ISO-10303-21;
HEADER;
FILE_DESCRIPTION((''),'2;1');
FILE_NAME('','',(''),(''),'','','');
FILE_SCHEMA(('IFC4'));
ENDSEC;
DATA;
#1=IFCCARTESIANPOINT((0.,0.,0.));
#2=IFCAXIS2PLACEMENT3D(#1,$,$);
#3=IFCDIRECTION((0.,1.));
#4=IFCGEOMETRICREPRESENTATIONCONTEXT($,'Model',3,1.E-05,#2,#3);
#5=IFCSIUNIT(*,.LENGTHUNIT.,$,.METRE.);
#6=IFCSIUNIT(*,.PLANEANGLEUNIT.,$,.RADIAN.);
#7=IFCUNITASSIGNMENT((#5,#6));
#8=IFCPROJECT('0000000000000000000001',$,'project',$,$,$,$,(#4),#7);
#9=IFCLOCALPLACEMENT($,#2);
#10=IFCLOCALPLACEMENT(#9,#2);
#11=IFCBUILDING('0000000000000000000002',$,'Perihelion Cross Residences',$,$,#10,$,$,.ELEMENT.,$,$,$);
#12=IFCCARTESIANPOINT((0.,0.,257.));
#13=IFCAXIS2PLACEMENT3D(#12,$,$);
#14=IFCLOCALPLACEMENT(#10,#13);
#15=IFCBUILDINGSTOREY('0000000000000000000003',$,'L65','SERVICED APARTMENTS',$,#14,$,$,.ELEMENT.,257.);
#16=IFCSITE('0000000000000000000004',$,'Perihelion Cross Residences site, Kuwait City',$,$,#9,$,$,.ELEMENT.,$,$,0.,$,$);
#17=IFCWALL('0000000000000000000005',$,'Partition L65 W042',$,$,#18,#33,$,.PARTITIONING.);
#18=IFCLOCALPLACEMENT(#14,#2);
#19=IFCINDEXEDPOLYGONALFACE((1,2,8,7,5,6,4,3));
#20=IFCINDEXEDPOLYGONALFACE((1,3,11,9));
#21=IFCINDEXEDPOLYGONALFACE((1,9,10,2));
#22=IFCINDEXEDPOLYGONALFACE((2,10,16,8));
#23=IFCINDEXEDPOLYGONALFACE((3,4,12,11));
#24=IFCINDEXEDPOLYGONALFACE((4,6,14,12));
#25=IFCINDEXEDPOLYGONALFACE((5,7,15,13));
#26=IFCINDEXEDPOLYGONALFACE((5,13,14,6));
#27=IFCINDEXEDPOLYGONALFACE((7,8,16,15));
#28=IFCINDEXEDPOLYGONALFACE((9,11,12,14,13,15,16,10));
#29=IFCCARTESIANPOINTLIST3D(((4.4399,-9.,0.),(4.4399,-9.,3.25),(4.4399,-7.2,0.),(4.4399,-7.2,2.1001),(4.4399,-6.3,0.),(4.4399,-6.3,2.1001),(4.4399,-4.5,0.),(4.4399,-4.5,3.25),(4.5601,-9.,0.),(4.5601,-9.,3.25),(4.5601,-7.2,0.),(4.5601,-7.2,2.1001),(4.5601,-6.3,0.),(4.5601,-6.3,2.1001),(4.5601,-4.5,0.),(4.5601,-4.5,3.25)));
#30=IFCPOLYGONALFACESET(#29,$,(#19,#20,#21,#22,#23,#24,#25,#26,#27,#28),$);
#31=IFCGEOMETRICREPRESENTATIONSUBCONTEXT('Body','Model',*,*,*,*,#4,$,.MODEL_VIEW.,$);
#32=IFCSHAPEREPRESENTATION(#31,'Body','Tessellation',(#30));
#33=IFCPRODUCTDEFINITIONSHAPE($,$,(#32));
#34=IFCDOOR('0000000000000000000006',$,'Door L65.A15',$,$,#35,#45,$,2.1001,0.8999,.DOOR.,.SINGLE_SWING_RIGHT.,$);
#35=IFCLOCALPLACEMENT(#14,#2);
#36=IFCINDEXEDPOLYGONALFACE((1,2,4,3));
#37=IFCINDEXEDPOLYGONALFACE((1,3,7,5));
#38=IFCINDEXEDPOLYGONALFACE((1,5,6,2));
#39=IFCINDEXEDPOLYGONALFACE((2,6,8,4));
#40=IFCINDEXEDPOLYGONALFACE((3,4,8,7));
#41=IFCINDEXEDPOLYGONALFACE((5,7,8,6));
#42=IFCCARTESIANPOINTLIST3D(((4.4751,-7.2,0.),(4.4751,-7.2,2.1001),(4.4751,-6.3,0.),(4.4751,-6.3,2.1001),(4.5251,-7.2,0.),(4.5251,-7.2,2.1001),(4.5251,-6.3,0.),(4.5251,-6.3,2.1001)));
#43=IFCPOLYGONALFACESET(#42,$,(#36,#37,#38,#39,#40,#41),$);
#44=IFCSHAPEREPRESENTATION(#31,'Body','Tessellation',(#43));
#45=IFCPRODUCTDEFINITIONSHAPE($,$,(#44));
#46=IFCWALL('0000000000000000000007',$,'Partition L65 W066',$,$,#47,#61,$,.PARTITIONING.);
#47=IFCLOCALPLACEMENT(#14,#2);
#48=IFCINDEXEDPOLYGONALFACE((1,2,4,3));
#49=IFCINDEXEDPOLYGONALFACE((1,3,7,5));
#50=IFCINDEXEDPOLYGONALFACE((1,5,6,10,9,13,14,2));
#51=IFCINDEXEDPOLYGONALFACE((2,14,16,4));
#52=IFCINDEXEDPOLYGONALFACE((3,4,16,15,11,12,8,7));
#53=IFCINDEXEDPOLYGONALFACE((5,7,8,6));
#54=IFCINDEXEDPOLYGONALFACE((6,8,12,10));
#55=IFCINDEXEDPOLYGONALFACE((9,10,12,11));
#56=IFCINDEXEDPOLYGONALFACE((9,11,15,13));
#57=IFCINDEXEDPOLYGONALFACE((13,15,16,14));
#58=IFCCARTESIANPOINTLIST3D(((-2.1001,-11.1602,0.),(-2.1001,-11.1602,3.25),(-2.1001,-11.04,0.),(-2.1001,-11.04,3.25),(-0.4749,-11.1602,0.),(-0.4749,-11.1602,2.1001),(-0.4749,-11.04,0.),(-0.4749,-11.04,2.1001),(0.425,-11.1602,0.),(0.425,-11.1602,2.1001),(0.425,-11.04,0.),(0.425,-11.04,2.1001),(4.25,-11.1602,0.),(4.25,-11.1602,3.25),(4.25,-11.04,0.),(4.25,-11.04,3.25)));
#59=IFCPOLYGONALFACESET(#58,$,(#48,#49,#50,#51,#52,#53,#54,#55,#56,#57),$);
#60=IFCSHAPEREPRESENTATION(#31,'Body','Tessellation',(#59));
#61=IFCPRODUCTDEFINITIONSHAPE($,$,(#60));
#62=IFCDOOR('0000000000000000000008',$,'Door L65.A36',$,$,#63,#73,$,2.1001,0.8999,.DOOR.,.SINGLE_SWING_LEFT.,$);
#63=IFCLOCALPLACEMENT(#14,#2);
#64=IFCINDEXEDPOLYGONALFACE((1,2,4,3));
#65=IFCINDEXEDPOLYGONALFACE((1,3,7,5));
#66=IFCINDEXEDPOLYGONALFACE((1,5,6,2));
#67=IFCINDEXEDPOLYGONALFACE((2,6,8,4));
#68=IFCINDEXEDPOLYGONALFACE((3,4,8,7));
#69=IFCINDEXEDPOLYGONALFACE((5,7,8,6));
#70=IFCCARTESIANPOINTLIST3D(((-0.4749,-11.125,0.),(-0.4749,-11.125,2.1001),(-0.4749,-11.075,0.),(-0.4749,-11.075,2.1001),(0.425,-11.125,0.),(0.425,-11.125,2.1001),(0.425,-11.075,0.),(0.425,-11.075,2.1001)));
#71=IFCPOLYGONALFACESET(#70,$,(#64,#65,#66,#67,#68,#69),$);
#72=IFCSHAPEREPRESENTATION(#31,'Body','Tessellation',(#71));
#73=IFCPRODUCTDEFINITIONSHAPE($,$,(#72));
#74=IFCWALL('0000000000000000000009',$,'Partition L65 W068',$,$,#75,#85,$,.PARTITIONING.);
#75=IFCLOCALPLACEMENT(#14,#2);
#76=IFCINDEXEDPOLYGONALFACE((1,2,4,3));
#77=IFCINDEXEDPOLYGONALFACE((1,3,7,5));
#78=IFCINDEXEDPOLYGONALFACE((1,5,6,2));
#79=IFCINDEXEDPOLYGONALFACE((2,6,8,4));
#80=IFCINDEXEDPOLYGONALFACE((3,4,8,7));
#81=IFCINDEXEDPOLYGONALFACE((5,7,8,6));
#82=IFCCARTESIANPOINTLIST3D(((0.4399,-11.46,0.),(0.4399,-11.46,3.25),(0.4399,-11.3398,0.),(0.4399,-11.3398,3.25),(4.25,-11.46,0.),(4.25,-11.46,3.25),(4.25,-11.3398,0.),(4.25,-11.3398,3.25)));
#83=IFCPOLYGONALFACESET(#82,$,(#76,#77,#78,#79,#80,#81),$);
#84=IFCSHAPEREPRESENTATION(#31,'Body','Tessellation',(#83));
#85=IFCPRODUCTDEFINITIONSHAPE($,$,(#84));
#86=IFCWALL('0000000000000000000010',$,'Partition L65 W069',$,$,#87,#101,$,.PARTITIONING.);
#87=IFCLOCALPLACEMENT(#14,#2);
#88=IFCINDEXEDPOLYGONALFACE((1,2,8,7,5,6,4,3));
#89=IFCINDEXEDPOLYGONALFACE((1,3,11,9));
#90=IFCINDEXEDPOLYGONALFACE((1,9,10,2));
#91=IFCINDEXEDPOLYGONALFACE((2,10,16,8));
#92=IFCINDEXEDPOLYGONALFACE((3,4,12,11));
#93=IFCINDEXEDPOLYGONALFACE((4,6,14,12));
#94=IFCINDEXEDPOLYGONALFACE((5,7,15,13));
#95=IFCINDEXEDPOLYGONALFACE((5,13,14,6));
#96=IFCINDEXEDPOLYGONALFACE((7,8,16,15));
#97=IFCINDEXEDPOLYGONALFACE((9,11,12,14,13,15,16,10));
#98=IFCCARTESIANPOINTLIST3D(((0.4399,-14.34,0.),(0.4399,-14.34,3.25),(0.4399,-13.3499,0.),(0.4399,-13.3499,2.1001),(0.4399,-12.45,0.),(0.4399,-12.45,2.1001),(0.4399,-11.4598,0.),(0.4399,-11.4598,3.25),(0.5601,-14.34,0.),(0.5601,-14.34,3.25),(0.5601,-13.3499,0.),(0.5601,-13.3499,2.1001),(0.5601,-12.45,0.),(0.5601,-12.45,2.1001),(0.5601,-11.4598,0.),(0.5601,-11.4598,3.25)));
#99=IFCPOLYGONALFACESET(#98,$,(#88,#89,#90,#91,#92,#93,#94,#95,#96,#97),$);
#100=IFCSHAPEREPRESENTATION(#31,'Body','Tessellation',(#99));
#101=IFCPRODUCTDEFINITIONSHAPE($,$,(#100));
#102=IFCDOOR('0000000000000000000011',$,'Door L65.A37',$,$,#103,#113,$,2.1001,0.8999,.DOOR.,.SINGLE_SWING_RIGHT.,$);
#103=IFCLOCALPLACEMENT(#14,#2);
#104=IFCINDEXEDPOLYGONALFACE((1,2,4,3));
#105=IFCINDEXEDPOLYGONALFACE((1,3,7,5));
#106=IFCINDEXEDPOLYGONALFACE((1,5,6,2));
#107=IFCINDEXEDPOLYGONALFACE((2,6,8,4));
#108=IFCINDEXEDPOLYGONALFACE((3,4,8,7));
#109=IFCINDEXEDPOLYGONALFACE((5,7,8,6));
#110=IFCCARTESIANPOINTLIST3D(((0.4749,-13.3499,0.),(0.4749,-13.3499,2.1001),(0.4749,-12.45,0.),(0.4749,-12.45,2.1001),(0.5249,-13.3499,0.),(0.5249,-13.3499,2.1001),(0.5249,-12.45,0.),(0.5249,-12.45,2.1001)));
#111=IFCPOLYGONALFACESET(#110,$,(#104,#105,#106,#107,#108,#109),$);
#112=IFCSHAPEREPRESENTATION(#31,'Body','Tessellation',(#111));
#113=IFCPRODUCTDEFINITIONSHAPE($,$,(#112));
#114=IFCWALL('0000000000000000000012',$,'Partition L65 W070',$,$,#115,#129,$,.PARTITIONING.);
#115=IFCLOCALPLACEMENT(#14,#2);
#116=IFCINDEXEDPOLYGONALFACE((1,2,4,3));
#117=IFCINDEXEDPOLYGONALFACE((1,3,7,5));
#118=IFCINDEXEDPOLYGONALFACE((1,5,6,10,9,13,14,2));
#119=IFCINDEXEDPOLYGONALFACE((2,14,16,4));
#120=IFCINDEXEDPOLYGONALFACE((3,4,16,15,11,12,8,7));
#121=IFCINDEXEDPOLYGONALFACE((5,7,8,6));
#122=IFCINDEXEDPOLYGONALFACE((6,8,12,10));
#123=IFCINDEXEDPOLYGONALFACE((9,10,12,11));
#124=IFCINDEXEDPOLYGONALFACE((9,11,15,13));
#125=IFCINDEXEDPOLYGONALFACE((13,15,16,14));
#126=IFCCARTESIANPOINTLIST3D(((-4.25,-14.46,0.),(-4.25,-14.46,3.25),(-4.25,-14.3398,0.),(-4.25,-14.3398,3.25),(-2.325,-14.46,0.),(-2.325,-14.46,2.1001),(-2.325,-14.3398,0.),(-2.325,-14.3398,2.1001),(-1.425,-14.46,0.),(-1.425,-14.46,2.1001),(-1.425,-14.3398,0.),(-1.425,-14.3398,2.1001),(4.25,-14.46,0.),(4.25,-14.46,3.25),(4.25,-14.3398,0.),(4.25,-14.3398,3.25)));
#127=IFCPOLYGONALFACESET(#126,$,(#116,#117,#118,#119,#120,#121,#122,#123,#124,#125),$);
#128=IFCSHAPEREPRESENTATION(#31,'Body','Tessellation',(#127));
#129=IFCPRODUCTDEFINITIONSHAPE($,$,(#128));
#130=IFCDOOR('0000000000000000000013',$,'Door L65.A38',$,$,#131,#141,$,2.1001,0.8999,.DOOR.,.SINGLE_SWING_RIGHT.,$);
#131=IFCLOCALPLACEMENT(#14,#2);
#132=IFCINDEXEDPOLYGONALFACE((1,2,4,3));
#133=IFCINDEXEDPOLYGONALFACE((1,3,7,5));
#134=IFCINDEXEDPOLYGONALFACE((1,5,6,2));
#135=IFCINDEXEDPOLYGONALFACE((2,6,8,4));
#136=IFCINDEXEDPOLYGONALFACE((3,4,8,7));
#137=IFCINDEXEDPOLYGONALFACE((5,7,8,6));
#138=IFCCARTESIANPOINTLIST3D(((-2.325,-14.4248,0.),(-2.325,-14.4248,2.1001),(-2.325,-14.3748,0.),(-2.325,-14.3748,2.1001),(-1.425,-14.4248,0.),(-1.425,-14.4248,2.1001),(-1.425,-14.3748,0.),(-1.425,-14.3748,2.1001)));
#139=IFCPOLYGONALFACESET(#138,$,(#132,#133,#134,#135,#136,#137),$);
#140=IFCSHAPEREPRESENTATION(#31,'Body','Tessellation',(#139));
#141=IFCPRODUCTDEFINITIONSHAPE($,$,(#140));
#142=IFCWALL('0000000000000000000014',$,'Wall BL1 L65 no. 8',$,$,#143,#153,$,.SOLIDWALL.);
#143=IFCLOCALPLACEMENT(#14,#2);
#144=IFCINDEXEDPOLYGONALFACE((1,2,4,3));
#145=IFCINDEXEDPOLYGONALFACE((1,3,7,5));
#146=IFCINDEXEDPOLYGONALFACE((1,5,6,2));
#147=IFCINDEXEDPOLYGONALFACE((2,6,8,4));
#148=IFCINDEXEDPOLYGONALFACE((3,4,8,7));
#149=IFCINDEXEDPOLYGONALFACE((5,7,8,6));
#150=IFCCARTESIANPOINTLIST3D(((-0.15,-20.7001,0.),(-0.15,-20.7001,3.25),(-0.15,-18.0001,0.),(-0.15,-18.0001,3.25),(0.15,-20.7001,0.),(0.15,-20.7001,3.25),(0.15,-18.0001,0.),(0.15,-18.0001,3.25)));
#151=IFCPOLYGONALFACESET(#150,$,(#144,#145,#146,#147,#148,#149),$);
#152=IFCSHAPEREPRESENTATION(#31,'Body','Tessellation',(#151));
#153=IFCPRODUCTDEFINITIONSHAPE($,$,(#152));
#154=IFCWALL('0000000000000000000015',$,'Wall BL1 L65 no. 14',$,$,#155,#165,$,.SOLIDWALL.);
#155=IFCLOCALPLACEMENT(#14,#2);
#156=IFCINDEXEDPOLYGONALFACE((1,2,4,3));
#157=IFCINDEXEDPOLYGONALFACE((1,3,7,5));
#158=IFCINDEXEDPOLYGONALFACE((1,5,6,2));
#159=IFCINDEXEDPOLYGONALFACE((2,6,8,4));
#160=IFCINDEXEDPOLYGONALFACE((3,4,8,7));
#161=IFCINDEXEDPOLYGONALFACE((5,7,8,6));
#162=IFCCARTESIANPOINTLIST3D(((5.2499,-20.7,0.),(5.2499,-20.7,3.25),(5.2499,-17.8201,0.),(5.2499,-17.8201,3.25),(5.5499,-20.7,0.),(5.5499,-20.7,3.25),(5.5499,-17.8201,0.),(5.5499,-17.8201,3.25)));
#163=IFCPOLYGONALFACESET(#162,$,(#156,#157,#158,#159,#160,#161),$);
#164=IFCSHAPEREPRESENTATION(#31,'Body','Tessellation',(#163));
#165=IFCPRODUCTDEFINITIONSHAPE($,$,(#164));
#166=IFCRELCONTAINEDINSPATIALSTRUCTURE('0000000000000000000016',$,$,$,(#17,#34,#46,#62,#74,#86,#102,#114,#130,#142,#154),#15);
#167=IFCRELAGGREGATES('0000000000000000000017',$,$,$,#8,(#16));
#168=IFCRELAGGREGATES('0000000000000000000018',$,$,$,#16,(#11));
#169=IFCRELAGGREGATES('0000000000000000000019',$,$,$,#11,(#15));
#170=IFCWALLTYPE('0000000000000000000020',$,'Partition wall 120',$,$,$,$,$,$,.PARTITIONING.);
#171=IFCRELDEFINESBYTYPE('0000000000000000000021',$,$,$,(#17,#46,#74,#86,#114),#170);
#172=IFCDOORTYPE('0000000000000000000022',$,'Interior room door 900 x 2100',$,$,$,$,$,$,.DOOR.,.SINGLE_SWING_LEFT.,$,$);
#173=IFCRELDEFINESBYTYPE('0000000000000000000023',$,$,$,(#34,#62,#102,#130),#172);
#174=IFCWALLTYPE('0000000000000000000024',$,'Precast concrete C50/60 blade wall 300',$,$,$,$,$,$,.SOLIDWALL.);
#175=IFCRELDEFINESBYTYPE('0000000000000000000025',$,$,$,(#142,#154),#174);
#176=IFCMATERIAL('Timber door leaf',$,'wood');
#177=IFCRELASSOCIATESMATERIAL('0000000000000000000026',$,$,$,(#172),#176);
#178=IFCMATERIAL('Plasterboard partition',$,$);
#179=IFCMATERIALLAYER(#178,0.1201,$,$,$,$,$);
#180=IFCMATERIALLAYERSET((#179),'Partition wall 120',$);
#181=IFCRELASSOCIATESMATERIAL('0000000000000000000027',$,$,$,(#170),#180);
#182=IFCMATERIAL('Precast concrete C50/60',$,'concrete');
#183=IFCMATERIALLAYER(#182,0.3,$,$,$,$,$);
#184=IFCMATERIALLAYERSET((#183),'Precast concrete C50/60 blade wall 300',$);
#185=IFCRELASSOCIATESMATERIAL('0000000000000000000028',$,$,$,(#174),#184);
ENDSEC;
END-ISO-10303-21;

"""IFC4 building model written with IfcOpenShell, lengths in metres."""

from ifc_helpers import new_model, si_unit, direction, frame, frame_2d, origin, place, context, subcontext, project, spatial, rectangle, extrude, material, layer, layer_set, type_object, element, fill, save


model = new_model("IFC4")

# Units and contexts
model_context = context("Model", 3, precision=1e-05, world=origin(), true_north=direction((0.0, 1.0)))
body_context = subcontext(model_context, "Body", "Model", "MODEL_VIEW")
ifc_project = project(units=[si_unit("LENGTHUNIT", "METRE"), si_unit("PLANEANGLEUNIT", "RADIAN")], contexts=[model_context])

# Site, building, storey
site_placement = place(None, origin())
site = spatial("IfcSite", under=ifc_project, at=site_placement, Name="Perihelion Cross Residences site, Kuwait City", CompositionType="ELEMENT", RefElevation=0.0)
building_placement = place(site_placement, origin())
building = spatial("IfcBuilding", under=site, at=building_placement, Name="Perihelion Cross Residences", CompositionType="ELEMENT")
storey_placement = place(building_placement, frame((0.0, 0.0, 257.0)))
storey = spatial("IfcBuildingStorey", under=building, at=storey_placement, Name="L65", Description="SERVICED APARTMENTS", CompositionType="ELEMENT", Elevation=257.0)

# Walls, openings, doors
ifc_material_1 = material(Name="Timber door leaf", Category="wood")
door_type_1 = type_object("IfcDoorType", Name="Interior room door 900 x 2100", OperationType="SINGLE_SWING_LEFT", PredefinedType="DOOR", material=ifc_material_1)
ifc_material_2 = material(Name="Plasterboard partition")
ifc_layer_1 = layer(ifc_material_2, 0.1201)
ifc_layer_set_1 = layer_set([ifc_layer_1], Name="Partition wall 120")
wall_type_1 = type_object("IfcWallType", Name="Partition wall 120", PredefinedType="PARTITIONING", material=ifc_layer_set_1)
wall_1_placement = place(storey_placement, frame((4.5, -9.0, 0.0), z_axis=(0.0, 0.0, 1.0), x_axis=(0.0, 1.0, 0.0)))
wall_1 = element("IfcWall", 1, at=wall_1_placement, inside=storey, type_object=wall_type_1, Name="Partition L65 W042", PredefinedType="PARTITIONING", context=body_context, shape_type="SweptSolid", body=[
    extrude(rectangle(XDim=4.5, YDim=0.1201, at=frame_2d((2.25, 0.0))), origin(), (0.0, 0.0, 1.0), 3.25),
])
opening_1_placement = place(wall_1_placement, frame((1.8, 0.0, 0.0)))
opening_1 = element("IfcOpeningElement", 2, at=opening_1_placement, cuts=wall_1, PredefinedType="OPENING", context=body_context, shape_type="SweptSolid", body=[
    extrude(rectangle(XDim=0.8999, YDim=2.1001, at=frame_2d((0.45, 1.05))), frame((0.0, 0.0701, 0.0), z_axis=(0.0, -1.0, 0.0), x_axis=(1.0, 0.0, 0.0)), (0.0, 0.0, 1.0), 0.1401),
])
door_1_placement = place(opening_1_placement, origin())
door_1 = element("IfcDoor", 3, at=door_1_placement, inside=storey, type_object=door_type_1, Name="Door L65.A15", OperationType="SINGLE_SWING_RIGHT", OverallHeight=2.1001, OverallWidth=0.8999, PredefinedType="DOOR", context=body_context, shape_type="SweptSolid", body=[
    extrude(rectangle(XDim=0.8999, YDim=2.1001, at=frame_2d((0.45, 1.05))), frame((0.0, 0.0249, 0.0), z_axis=(0.0, -1.0, 0.0), x_axis=(1.0, 0.0, 0.0)), (0.0, 0.0, 1.0), 0.05),
])
fill(opening_1, door_1)
wall_2_placement = place(storey_placement, frame((4.25, -11.1001, 0.0), z_axis=(0.0, 0.0, 1.0), x_axis=(-1.0, 0.0, 0.0)))
wall_2 = element("IfcWall", 4, at=wall_2_placement, inside=storey, type_object=wall_type_1, Name="Partition L65 W066", PredefinedType="PARTITIONING", context=body_context, shape_type="SweptSolid", body=[
    extrude(rectangle(XDim=6.3501, YDim=0.1201, at=frame_2d((3.175, 0.0))), origin(), (0.0, 0.0, 1.0), 3.25),
])
opening_2_placement = place(wall_2_placement, frame((3.825, 0.0, 0.0)))
opening_2 = element("IfcOpeningElement", 5, at=opening_2_placement, cuts=wall_2, PredefinedType="OPENING", context=body_context, shape_type="SweptSolid", body=[
    extrude(rectangle(XDim=0.8999, YDim=2.1001, at=frame_2d((0.45, 1.05))), frame((0.0, 0.0701, 0.0), z_axis=(0.0, -1.0, 0.0), x_axis=(1.0, 0.0, 0.0)), (0.0, 0.0, 1.0), 0.1401),
])
door_2_placement = place(opening_2_placement, origin())
door_2 = element("IfcDoor", 6, at=door_2_placement, inside=storey, type_object=door_type_1, Name="Door L65.A36", OperationType="SINGLE_SWING_LEFT", OverallHeight=2.1001, OverallWidth=0.8999, PredefinedType="DOOR", context=body_context, shape_type="SweptSolid", body=[
    extrude(rectangle(XDim=0.8999, YDim=2.1001, at=frame_2d((0.45, 1.05))), frame((0.0, 0.0249, 0.0), z_axis=(0.0, -1.0, 0.0), x_axis=(1.0, 0.0, 0.0)), (0.0, 0.0, 1.0), 0.05),
])
fill(opening_2, door_2)

# Wall
wall_3_placement = place(storey_placement, frame((4.25, -11.3999, 0.0), z_axis=(0.0, 0.0, 1.0), x_axis=(-1.0, 0.0, 0.0)))
element("IfcWall", 7, at=wall_3_placement, inside=storey, type_object=wall_type_1, Name="Partition L65 W068", PredefinedType="PARTITIONING", context=body_context, shape_type="SweptSolid", body=[
    extrude(rectangle(XDim=3.8101, YDim=0.1201, at=frame_2d((1.905, 0.0))), origin(), (0.0, 0.0, 1.0), 3.25),
])

# Walls, openings, doors
wall_4_placement = place(storey_placement, frame((0.5, -11.46, 0.0), z_axis=(0.0, 0.0, 1.0), x_axis=(0.0, -1.0, 0.0)))
wall_4 = element("IfcWall", 8, at=wall_4_placement, inside=storey, type_object=wall_type_1, Name="Partition L65 W069", PredefinedType="PARTITIONING", context=body_context, shape_type="SweptSolid", body=[
    extrude(rectangle(XDim=2.8801, YDim=0.1201, at=frame_2d((1.4399, 0.0))), origin(), (0.0, 0.0, 1.0), 3.25),
])
opening_3_placement = place(wall_4_placement, frame((0.99, 0.0, 0.0)))
opening_3 = element("IfcOpeningElement", 9, at=opening_3_placement, cuts=wall_4, PredefinedType="OPENING", context=body_context, shape_type="SweptSolid", body=[
    extrude(rectangle(XDim=0.8999, YDim=2.1001, at=frame_2d((0.45, 1.05))), frame((0.0, 0.0701, 0.0), z_axis=(0.0, -1.0, 0.0), x_axis=(1.0, 0.0, 0.0)), (0.0, 0.0, 1.0), 0.1401),
])
door_3_placement = place(opening_3_placement, origin())
door_3 = element("IfcDoor", 10, at=door_3_placement, inside=storey, type_object=door_type_1, Name="Door L65.A37", OperationType="SINGLE_SWING_RIGHT", OverallHeight=2.1001, OverallWidth=0.8999, PredefinedType="DOOR", context=body_context, shape_type="SweptSolid", body=[
    extrude(rectangle(XDim=0.8999, YDim=2.1001, at=frame_2d((0.45, 1.05))), frame((0.0, 0.0249, 0.0), z_axis=(0.0, -1.0, 0.0), x_axis=(1.0, 0.0, 0.0)), (0.0, 0.0, 1.0), 0.05),
])
fill(opening_3, door_3)
wall_5_placement = place(storey_placement, frame((4.25, -14.3999, 0.0), z_axis=(0.0, 0.0, 1.0), x_axis=(-1.0, 0.0, 0.0)))
wall_5 = element("IfcWall", 11, at=wall_5_placement, inside=storey, type_object=wall_type_1, Name="Partition L65 W070", PredefinedType="PARTITIONING", context=body_context, shape_type="SweptSolid", body=[
    extrude(rectangle(XDim=8.5, YDim=0.1201, at=frame_2d((4.25, 0.0))), origin(), (0.0, 0.0, 1.0), 3.25),
])
opening_4_placement = place(wall_5_placement, frame((5.675, 0.0, 0.0)))
opening_4 = element("IfcOpeningElement", 12, at=opening_4_placement, cuts=wall_5, PredefinedType="OPENING", context=body_context, shape_type="SweptSolid", body=[
    extrude(rectangle(XDim=0.8999, YDim=2.1001, at=frame_2d((0.45, 1.05))), frame((0.0, 0.0701, 0.0), z_axis=(0.0, -1.0, 0.0), x_axis=(1.0, 0.0, 0.0)), (0.0, 0.0, 1.0), 0.1401),
])
door_4_placement = place(opening_4_placement, origin())
door_4 = element("IfcDoor", 13, at=door_4_placement, inside=storey, type_object=door_type_1, Name="Door L65.A38", OperationType="SINGLE_SWING_RIGHT", OverallHeight=2.1001, OverallWidth=0.8999, PredefinedType="DOOR", context=body_context, shape_type="SweptSolid", body=[
    extrude(rectangle(XDim=0.8999, YDim=2.1001, at=frame_2d((0.45, 1.05))), frame((0.0, 0.0249, 0.0), z_axis=(0.0, -1.0, 0.0), x_axis=(1.0, 0.0, 0.0)), (0.0, 0.0, 1.0), 0.05),
])
fill(opening_4, door_4)

# Walls
ifc_material_3 = material(Name="Precast concrete C50/60", Category="concrete")
ifc_layer_2 = layer(ifc_material_3, 0.3)
ifc_layer_set_2 = layer_set([ifc_layer_2], Name="Precast concrete C50/60 blade wall 300")
wall_type_2 = type_object("IfcWallType", Name="Precast concrete C50/60 blade wall 300", PredefinedType="SOLIDWALL", material=ifc_layer_set_2)
wall_6_placement = place(storey_placement, frame((0.0, -18.0, 0.0), z_axis=(0.0, 0.0, 1.0), x_axis=(0.0, -1.0, 0.0)))
element("IfcWall", 14, at=wall_6_placement, inside=storey, type_object=wall_type_2, Name="Wall BL1 L65 no. 8", PredefinedType="SOLIDWALL", context=body_context, shape_type="SweptSolid", body=[
    extrude(rectangle(XDim=2.7, YDim=0.3, at=frame_2d((1.3501, 0.0))), origin(), (0.0, 0.0, 1.0), 3.25),
])
wall_7_placement = place(storey_placement, frame((5.3999, -17.8201, 0.0), z_axis=(0.0, 0.0, 1.0), x_axis=(0.0, -1.0, 0.0)))
element("IfcWall", 15, at=wall_7_placement, inside=storey, type_object=wall_type_2, Name="Wall BL1 L65 no. 14", PredefinedType="SOLIDWALL", context=body_context, shape_type="SweptSolid", body=[
    extrude(rectangle(XDim=2.8799, YDim=0.3, at=frame_2d((1.4399, 0.0))), origin(), (0.0, 0.0, 1.0), 3.25),
])

save(model, "model.ifc")
